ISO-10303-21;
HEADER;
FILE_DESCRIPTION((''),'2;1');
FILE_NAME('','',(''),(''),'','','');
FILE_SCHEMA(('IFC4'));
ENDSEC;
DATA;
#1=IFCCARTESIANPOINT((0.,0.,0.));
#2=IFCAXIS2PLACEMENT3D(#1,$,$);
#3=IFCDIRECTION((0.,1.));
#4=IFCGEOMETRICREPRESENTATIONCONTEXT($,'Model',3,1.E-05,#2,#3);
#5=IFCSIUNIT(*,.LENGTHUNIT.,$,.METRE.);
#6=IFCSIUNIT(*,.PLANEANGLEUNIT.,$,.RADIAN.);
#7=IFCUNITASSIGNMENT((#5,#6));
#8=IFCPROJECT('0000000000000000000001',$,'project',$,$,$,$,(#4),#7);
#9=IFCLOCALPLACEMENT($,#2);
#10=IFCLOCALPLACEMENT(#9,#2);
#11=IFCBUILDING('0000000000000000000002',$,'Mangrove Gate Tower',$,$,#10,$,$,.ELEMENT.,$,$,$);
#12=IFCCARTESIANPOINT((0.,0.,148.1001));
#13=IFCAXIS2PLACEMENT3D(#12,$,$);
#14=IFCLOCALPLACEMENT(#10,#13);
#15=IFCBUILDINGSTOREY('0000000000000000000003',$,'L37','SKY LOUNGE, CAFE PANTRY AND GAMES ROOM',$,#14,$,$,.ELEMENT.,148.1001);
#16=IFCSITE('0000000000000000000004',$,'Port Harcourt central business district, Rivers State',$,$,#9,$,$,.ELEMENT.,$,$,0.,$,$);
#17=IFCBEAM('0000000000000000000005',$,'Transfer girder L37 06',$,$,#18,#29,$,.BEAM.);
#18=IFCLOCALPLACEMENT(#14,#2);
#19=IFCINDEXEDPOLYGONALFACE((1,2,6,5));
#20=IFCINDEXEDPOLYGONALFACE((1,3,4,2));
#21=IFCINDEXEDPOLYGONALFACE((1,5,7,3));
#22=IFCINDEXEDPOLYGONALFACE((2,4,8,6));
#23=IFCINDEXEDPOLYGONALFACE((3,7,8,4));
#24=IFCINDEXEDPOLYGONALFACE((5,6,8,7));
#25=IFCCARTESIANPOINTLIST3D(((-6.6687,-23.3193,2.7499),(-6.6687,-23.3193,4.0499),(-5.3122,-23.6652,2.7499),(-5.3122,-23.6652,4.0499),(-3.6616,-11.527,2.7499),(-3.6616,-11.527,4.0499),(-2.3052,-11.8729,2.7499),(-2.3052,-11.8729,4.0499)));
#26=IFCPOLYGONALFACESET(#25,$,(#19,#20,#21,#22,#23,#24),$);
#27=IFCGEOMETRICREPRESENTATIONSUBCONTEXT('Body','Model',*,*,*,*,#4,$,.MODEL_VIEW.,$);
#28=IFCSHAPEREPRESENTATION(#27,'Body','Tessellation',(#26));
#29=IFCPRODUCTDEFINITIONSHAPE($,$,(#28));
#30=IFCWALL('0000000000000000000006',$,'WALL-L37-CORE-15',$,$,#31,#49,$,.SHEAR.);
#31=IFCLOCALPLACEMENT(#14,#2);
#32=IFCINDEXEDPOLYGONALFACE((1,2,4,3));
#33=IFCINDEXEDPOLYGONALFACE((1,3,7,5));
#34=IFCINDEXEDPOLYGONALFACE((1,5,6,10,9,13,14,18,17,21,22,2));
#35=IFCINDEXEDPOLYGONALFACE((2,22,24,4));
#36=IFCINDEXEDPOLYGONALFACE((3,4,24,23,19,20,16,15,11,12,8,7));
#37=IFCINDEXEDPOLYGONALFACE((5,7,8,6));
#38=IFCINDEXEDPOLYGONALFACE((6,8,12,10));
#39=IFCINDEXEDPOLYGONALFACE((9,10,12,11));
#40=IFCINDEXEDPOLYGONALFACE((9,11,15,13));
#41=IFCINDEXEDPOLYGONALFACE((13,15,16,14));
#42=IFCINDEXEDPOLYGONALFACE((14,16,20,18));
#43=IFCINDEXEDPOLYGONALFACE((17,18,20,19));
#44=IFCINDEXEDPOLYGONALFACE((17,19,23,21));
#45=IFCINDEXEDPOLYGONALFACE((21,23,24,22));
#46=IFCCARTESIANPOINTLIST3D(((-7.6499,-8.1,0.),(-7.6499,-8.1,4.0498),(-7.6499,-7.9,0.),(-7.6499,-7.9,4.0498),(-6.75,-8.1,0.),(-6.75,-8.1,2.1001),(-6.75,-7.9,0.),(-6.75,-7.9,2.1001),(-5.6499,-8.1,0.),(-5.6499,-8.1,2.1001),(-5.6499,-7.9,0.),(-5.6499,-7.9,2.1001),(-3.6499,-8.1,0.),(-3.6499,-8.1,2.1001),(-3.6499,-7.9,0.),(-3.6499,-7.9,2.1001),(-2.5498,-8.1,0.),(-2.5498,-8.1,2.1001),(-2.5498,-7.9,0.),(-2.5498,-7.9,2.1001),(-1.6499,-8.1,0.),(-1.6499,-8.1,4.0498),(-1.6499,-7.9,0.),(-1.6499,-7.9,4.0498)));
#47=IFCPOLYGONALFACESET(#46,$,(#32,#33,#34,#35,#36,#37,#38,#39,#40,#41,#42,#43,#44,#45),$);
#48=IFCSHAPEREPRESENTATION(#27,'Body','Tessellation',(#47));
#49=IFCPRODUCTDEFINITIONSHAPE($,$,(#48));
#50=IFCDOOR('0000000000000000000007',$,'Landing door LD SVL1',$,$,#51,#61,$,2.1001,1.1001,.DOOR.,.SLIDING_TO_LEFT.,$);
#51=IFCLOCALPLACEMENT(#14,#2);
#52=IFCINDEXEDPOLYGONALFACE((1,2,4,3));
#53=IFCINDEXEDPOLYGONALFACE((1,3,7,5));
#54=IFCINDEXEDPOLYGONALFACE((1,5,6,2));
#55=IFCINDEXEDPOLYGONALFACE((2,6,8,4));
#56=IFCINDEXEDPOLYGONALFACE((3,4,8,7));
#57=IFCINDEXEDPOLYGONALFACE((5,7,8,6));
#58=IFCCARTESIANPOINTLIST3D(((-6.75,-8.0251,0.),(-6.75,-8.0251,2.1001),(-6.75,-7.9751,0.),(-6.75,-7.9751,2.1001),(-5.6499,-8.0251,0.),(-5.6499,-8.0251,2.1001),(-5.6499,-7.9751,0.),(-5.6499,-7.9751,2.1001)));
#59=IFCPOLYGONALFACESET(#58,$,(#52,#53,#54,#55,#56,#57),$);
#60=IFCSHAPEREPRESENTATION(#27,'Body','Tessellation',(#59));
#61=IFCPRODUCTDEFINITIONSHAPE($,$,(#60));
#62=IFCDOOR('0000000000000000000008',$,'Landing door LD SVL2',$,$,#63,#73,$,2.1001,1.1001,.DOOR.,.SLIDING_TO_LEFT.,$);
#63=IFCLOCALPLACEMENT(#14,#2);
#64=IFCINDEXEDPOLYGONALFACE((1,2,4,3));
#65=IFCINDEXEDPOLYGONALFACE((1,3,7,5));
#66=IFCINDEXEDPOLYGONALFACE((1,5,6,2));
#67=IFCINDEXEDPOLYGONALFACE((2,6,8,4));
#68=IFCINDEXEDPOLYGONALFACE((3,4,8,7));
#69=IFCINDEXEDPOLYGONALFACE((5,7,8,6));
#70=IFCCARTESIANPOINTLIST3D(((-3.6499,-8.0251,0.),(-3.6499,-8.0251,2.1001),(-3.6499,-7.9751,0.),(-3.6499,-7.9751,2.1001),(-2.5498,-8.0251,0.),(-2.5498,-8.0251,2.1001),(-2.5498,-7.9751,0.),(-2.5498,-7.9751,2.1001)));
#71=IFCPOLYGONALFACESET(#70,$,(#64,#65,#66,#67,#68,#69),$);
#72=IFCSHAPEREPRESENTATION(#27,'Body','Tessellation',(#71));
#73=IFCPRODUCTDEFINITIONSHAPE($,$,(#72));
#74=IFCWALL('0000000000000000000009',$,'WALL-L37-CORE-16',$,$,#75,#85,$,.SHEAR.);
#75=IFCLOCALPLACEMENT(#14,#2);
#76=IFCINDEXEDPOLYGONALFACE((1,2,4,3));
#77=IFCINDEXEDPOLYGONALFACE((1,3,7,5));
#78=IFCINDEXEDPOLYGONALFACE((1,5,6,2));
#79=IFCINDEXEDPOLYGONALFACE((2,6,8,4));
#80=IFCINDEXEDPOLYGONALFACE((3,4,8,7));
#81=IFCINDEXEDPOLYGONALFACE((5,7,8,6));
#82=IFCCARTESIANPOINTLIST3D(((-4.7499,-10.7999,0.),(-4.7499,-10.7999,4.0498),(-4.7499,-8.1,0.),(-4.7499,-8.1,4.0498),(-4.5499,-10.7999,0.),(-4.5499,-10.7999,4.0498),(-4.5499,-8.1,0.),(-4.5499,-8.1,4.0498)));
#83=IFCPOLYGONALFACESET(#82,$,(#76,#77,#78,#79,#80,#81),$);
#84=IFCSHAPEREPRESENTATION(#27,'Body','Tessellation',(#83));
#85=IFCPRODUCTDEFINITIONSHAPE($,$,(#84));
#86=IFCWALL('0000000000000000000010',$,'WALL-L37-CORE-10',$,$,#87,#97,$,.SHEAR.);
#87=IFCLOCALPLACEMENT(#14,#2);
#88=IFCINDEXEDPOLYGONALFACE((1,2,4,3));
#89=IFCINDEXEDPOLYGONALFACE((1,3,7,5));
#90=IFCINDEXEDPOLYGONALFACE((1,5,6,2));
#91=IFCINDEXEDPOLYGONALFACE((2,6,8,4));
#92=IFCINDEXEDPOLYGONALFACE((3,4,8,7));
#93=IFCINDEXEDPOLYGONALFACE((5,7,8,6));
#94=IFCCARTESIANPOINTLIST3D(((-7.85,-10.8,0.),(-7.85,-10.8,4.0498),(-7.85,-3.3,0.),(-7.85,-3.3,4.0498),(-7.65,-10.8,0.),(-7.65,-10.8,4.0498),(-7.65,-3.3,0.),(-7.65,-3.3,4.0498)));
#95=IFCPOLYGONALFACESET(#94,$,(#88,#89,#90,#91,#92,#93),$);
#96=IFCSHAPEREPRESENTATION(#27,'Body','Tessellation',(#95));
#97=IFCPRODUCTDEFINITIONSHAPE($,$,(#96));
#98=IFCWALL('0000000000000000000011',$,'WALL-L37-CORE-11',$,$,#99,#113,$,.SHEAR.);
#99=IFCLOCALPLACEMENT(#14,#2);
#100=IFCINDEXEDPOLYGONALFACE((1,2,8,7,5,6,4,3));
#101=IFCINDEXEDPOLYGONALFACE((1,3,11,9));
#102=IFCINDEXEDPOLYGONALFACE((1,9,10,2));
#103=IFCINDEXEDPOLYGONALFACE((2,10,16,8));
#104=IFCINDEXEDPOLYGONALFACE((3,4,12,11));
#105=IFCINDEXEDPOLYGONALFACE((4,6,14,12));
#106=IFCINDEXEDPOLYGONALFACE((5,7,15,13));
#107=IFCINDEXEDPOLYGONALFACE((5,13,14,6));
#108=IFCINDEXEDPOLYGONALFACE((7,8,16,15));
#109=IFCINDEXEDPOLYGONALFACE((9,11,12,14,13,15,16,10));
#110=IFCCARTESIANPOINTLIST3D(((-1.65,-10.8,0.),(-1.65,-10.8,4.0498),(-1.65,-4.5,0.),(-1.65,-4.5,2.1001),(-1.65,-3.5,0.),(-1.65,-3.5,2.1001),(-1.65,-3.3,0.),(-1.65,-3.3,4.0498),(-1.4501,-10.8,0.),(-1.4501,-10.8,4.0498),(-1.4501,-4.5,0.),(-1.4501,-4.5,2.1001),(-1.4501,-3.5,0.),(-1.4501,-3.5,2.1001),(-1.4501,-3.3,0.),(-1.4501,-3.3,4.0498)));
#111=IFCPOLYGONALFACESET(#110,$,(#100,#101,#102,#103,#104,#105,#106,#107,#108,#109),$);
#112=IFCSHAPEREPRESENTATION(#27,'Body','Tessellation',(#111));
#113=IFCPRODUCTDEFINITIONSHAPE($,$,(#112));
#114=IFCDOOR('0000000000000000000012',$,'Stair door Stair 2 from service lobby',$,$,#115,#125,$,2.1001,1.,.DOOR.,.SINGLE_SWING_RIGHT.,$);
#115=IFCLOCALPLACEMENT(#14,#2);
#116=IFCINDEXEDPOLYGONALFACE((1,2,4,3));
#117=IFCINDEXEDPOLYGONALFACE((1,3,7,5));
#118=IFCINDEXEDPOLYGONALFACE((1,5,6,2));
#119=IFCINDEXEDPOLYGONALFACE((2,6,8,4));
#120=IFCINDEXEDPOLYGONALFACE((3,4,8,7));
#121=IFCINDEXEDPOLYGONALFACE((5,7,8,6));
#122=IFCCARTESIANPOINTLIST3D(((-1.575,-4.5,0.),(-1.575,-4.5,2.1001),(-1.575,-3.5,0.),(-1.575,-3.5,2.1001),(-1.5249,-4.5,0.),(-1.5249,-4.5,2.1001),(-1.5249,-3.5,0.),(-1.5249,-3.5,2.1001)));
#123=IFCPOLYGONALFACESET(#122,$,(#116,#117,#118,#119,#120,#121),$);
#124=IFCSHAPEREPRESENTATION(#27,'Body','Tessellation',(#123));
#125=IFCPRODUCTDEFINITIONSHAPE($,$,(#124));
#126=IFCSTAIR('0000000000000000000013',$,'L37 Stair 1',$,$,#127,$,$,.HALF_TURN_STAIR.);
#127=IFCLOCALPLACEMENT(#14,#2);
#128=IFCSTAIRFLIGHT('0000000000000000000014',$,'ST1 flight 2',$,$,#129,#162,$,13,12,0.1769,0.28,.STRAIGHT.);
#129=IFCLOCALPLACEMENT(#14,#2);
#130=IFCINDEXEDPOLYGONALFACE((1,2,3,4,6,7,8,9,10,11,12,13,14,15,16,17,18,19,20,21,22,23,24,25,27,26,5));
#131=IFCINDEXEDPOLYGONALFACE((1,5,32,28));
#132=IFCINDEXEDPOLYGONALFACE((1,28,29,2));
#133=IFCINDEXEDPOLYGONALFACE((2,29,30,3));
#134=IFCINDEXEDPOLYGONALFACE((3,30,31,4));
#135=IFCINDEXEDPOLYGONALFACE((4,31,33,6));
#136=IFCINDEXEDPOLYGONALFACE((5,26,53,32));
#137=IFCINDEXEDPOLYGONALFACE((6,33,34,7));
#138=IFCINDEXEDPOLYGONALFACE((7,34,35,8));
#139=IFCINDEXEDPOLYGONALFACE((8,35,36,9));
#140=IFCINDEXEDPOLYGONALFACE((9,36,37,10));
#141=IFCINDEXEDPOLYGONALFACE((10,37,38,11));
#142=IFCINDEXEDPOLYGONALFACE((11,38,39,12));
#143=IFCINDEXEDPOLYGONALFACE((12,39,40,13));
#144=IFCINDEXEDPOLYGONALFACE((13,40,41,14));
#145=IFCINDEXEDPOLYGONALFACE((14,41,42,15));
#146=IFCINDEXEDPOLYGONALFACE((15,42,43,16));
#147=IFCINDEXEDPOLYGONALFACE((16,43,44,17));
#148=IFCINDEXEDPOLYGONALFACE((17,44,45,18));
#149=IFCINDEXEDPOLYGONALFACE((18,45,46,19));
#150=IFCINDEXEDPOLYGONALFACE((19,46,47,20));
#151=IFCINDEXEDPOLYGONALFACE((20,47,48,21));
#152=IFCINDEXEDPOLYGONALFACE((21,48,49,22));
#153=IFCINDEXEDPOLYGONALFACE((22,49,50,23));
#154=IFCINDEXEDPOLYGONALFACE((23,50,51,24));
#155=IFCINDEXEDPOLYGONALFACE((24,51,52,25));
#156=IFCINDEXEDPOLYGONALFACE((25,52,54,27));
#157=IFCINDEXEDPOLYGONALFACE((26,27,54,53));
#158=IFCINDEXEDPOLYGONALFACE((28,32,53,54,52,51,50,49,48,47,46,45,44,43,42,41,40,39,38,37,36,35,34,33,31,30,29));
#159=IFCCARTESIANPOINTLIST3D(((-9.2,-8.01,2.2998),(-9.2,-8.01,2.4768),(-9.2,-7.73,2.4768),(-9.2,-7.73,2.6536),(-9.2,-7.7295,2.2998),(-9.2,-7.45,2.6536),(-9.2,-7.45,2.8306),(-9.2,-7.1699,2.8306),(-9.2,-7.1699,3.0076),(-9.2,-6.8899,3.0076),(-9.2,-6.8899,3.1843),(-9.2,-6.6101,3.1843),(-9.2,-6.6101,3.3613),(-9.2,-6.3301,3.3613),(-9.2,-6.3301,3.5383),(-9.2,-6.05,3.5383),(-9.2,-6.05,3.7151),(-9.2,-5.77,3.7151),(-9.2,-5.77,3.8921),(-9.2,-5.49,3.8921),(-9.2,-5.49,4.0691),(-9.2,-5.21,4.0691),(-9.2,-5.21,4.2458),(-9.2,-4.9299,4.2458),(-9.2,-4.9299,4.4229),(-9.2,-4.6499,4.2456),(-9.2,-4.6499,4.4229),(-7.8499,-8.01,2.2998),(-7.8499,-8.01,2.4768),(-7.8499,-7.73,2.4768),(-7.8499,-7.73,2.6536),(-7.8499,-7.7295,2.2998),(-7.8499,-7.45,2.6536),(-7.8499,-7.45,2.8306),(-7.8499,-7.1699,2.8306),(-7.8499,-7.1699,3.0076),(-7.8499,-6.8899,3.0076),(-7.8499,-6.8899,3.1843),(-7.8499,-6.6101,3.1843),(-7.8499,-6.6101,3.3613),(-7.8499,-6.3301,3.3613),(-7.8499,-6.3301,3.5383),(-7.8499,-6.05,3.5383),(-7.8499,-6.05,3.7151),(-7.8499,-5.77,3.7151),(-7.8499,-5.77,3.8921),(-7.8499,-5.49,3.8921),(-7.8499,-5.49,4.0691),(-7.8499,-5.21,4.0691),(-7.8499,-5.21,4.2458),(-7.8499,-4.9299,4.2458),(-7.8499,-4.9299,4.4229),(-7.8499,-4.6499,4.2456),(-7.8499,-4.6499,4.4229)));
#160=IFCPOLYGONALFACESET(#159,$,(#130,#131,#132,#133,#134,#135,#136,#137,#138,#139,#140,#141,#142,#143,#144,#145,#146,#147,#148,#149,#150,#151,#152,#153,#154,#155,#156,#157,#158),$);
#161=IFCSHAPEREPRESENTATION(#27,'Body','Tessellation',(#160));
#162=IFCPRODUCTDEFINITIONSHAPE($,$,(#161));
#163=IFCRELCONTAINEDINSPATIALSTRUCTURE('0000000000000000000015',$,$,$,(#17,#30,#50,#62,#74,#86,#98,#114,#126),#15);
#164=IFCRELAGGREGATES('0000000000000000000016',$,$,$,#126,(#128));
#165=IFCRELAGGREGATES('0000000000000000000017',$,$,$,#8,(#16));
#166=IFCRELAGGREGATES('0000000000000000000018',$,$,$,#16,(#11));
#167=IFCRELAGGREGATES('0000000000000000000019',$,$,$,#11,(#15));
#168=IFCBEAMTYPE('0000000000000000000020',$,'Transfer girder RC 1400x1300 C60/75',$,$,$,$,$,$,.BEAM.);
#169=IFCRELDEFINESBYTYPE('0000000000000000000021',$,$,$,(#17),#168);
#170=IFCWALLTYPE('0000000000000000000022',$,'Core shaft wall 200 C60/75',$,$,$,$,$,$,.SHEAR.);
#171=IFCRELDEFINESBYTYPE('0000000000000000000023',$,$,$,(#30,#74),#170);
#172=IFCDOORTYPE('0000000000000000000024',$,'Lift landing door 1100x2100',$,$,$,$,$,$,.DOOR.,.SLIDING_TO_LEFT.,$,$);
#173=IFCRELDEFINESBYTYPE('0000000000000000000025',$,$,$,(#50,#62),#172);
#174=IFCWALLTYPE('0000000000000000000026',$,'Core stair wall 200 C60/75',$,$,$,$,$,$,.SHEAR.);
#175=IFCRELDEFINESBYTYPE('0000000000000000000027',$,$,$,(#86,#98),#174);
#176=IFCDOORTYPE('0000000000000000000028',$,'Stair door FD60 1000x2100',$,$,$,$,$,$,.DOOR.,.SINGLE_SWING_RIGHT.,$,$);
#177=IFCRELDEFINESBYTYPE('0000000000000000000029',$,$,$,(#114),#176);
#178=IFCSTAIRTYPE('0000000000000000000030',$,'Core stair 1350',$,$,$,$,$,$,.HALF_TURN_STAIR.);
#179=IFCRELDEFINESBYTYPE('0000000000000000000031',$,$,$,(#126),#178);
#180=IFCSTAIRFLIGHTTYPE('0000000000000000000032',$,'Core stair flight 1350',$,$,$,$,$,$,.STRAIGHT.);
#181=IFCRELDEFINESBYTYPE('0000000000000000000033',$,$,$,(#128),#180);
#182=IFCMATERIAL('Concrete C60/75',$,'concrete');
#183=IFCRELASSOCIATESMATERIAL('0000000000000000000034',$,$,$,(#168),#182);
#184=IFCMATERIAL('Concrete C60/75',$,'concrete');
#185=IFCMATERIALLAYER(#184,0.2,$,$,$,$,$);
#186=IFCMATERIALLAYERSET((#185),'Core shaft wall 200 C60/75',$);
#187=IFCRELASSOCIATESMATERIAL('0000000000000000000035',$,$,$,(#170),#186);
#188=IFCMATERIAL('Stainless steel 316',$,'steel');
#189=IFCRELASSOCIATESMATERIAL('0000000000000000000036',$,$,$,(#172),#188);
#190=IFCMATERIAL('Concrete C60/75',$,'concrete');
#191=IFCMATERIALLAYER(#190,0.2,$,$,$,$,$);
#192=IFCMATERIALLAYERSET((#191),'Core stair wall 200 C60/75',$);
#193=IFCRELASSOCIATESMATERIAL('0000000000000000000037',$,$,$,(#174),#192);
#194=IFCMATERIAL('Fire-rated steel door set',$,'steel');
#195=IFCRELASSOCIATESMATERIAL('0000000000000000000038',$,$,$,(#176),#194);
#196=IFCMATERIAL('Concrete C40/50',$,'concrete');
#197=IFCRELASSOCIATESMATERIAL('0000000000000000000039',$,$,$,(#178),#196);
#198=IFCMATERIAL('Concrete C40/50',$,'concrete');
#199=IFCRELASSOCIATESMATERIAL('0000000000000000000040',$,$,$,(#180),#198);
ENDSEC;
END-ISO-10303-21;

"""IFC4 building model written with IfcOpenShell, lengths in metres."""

from ifc_helpers import new_model, si_unit, direction, frame, frame_2d, origin, origin_2d, place, context, subcontext, project, spatial, polyline, rectangle, outline, extrude, material, layer, layer_set, material_profile, profile_set, type_object, element, fill, aggregate, save


model = new_model("IFC4")

# Units and contexts
model_context = context("Model", 3, precision=1e-05, world=origin(), true_north=direction((0.0, 1.0)))
body_context = subcontext(model_context, "Body", "Model", "MODEL_VIEW")
ifc_project = project(units=[si_unit("LENGTHUNIT", "METRE"), si_unit("PLANEANGLEUNIT", "RADIAN")], contexts=[model_context])

# Site, building, storey
site_placement = place(None, origin())
site = spatial("IfcSite", under=ifc_project, at=site_placement, Name="Port Harcourt central business district, Rivers State", CompositionType="ELEMENT", RefElevation=0.0)
building_placement = place(site_placement, origin())
building = spatial("IfcBuilding", under=site, at=building_placement, Name="Mangrove Gate Tower", CompositionType="ELEMENT")
storey_placement = place(building_placement, frame((0.0, 0.0, 148.1001)))
storey = spatial("IfcBuildingStorey", under=building, at=storey_placement, Name="L37", Description="SKY LOUNGE, CAFE PANTRY AND GAMES ROOM", CompositionType="ELEMENT", Elevation=148.1001)

# Beam
ifc_material_1 = material(Name="Concrete C60/75", Category="concrete")
ifc_material_profile = material_profile(ifc_material_1, rectangle(XDim=1.3999, YDim=1.3, at=origin_2d()))
ifc_profile_set = profile_set([ifc_material_profile], Name="Concrete C60/75")
beam_type = type_object("IfcBeamType", Name="Transfer girder RC 1400x1300 C60/75", PredefinedType="BEAM", material=ifc_profile_set)
beam_placement = place(storey_placement, frame((-2.9834, -11.7, 3.3999), z_axis=(-0.247098, -0.968991, 0.0), x_axis=(0.968991, -0.247098, 0.0)))
element("IfcBeam", 1, at=beam_placement, inside=storey, type_object=beam_type, Name="Transfer girder L37 06", PredefinedType="BEAM", context=body_context, shape_type="SweptSolid", body=[
    extrude(rectangle(XDim=1.3999, YDim=1.3, at=origin_2d()), origin(), (0.0, 0.0, 1.0), 12.1697),
])

# Wall, openings, doors
ifc_material_2 = material(Name="Concrete C60/75", Category="concrete")
ifc_layer_1 = layer(ifc_material_2, 0.2)
ifc_layer_set_1 = layer_set([ifc_layer_1], Name="Core shaft wall 200 C60/75")
wall_type_1 = type_object("IfcWallType", Name="Core shaft wall 200 C60/75", PredefinedType="SHEAR", material=ifc_layer_set_1)
wall_1_placement = place(storey_placement, frame((-7.6499, -8.0, 0.0), z_axis=(0.0, 0.0, 1.0), x_axis=(1.0, 0.0, 0.0)))
wall_1 = element("IfcWall", 2, at=wall_1_placement, inside=storey, type_object=wall_type_1, Name="WALL-L37-CORE-15", PredefinedType="SHEAR", context=body_context, shape_type="SweptSolid", body=[
    extrude(rectangle(XDim=6.0, YDim=0.2, at=frame_2d((3.0, 0.0))), origin(), (0.0, 0.0, 1.0), 4.0498),
])
opening_1_placement = place(wall_1_placement, frame((0.8999, 0.0, 0.0)))
opening_1 = element("IfcOpeningElement", 3, at=opening_1_placement, cuts=wall_1, PredefinedType="OPENING", context=body_context, shape_type="SweptSolid", body=[
    extrude(rectangle(XDim=1.1001, YDim=2.1001, at=frame_2d((0.55, 1.05))), frame((0.0, 0.1099, 0.0), z_axis=(0.0, -1.0, 0.0), x_axis=(1.0, 0.0, 0.0)), (0.0, 0.0, 1.0), 0.22),
])
opening_2_placement = place(wall_1_placement, frame((4.0, 0.0, 0.0)))
opening_2 = element("IfcOpeningElement", 4, at=opening_2_placement, cuts=wall_1, PredefinedType="OPENING", context=body_context, shape_type="SweptSolid", body=[
    extrude(rectangle(XDim=1.1001, YDim=2.1001, at=frame_2d((0.55, 1.05))), frame((0.0, 0.1099, 0.0), z_axis=(0.0, -1.0, 0.0), x_axis=(1.0, 0.0, 0.0)), (0.0, 0.0, 1.0), 0.22),
])
ifc_material_3 = material(Name="Stainless steel 316", Category="steel")
door_type_1 = type_object("IfcDoorType", Name="Lift landing door 1100x2100", OperationType="SLIDING_TO_LEFT", PredefinedType="DOOR", material=ifc_material_3)
door_1_placement = place(opening_1_placement, origin())
door_1 = element("IfcDoor", 5, at=door_1_placement, inside=storey, type_object=door_type_1, Name="Landing door LD SVL1", OperationType="SLIDING_TO_LEFT", OverallHeight=2.1001, OverallWidth=1.1001, PredefinedType="DOOR", context=body_context, shape_type="SweptSolid", body=[
    extrude(rectangle(XDim=1.1001, YDim=2.1001, at=frame_2d((0.55, 1.05))), frame((0.0, 0.0249, 0.0), z_axis=(0.0, -1.0, 0.0), x_axis=(1.0, 0.0, 0.0)), (0.0, 0.0, 1.0), 0.05),
])
fill(opening_1, door_1)
door_2_placement = place(opening_2_placement, origin())
door_2 = element("IfcDoor", 6, at=door_2_placement, inside=storey, type_object=door_type_1, Name="Landing door LD SVL2", OperationType="SLIDING_TO_LEFT", OverallHeight=2.1001, OverallWidth=1.1001, PredefinedType="DOOR", context=body_context, shape_type="SweptSolid", body=[
    extrude(rectangle(XDim=1.1001, YDim=2.1001, at=frame_2d((0.55, 1.05))), frame((0.0, 0.0249, 0.0), z_axis=(0.0, -1.0, 0.0), x_axis=(1.0, 0.0, 0.0)), (0.0, 0.0, 1.0), 0.05),
])
fill(opening_2, door_2)

# Walls
wall_2_placement = place(storey_placement, frame((-4.6499, -10.8, 0.0), z_axis=(0.0, 0.0, 1.0), x_axis=(0.0, 1.0, 0.0)))
element("IfcWall", 7, at=wall_2_placement, inside=storey, type_object=wall_type_1, Name="WALL-L37-CORE-16", PredefinedType="SHEAR", context=body_context, shape_type="SweptSolid", body=[
    extrude(rectangle(XDim=2.7, YDim=0.2, at=frame_2d((1.3501, 0.0))), origin(), (0.0, 0.0, 1.0), 4.0498),
])
ifc_material_4 = material(Name="Concrete C60/75", Category="concrete")
ifc_layer_2 = layer(ifc_material_4, 0.2)
ifc_layer_set_2 = layer_set([ifc_layer_2], Name="Core stair wall 200 C60/75")
wall_type_2 = type_object("IfcWallType", Name="Core stair wall 200 C60/75", PredefinedType="SHEAR", material=ifc_layer_set_2)
wall_3_placement = place(storey_placement, frame((-7.75, -10.8, 0.0), z_axis=(0.0, 0.0, 1.0), x_axis=(0.0, 1.0, 0.0)))
element("IfcWall", 8, at=wall_3_placement, inside=storey, type_object=wall_type_2, Name="WALL-L37-CORE-10", PredefinedType="SHEAR", context=body_context, shape_type="SweptSolid", body=[
    extrude(rectangle(XDim=7.5, YDim=0.2, at=frame_2d((3.75, 0.0))), origin(), (0.0, 0.0, 1.0), 4.0498),
])

# Wall, opening, door
wall_4_placement = place(storey_placement, frame((-1.55, -10.8, 0.0), z_axis=(0.0, 0.0, 1.0), x_axis=(0.0, 1.0, 0.0)))
wall_4 = element("IfcWall", 9, at=wall_4_placement, inside=storey, type_object=wall_type_2, Name="WALL-L37-CORE-11", PredefinedType="SHEAR", context=body_context, shape_type="SweptSolid", body=[
    extrude(rectangle(XDim=7.5, YDim=0.2, at=frame_2d((3.75, 0.0))), origin(), (0.0, 0.0, 1.0), 4.0498),
])
opening_3_placement = place(wall_4_placement, frame((6.3, 0.0, 0.0)))
opening_3 = element("IfcOpeningElement", 10, at=opening_3_placement, cuts=wall_4, PredefinedType="OPENING", context=body_context, shape_type="SweptSolid", body=[
    extrude(rectangle(XDim=1.0, YDim=2.1001, at=frame_2d((0.5, 1.05))), frame((0.0, 0.1099, 0.0), z_axis=(0.0, -1.0, 0.0), x_axis=(1.0, 0.0, 0.0)), (0.0, 0.0, 1.0), 0.22),
])
ifc_material_5 = material(Name="Fire-rated steel door set", Category="steel")
door_type_2 = type_object("IfcDoorType", Name="Stair door FD60 1000x2100", OperationType="SINGLE_SWING_RIGHT", PredefinedType="DOOR", material=ifc_material_5)
door_3_placement = place(opening_3_placement, origin())
door_3 = element("IfcDoor", 11, at=door_3_placement, inside=storey, type_object=door_type_2, Name="Stair door Stair 2 from service lobby", OperationType="SINGLE_SWING_RIGHT", OverallHeight=2.1001, OverallWidth=1.0, PredefinedType="DOOR", context=body_context, shape_type="SweptSolid", body=[
    extrude(rectangle(XDim=1.0, YDim=2.1001, at=frame_2d((0.5, 1.05))), frame((0.0, 0.0249, 0.0), z_axis=(0.0, -1.0, 0.0), x_axis=(1.0, 0.0, 0.0)), (0.0, 0.0, 1.0), 0.05),
])
fill(opening_3, door_3)

# Stair, stair flight
ifc_material_6 = material(Name="Concrete C40/50", Category="concrete")
stair_type = type_object("IfcStairType", Name="Core stair 1350", PredefinedType="HALF_TURN_STAIR", material=ifc_material_6)
stair_1_placement = place(storey_placement, origin())
stair_1 = element("IfcStair", 12, at=stair_1_placement, inside=storey, type_object=stair_type, Name="L37 Stair 1", PredefinedType="HALF_TURN_STAIR")
ifc_material_7 = material(Name="Concrete C40/50", Category="concrete")
stair_flight_type = type_object("IfcStairFlightType", Name="Core stair flight 1350", PredefinedType="STRAIGHT", material=ifc_material_7)
stair_flight_1_placement = place(storey_placement, frame((-8.5249, -8.01, 2.2998), z_axis=(0.0, 0.0, 1.0), x_axis=(0.0, 1.0, 0.0)))
stair_flight_1 = element("IfcStairFlight", 13, at=stair_flight_1_placement, type_object=stair_flight_type, Name="ST1 flight 2", NumberOfRisers=13, NumberOfTreads=12, PredefinedType="STRAIGHT", RiserHeight=0.1769, TreadLength=0.28, context=body_context, shape_type="SweptSolid", body=[
    extrude(outline(polyline([(0.0, 0.0), (0.0, 0.177), (0.28, 0.177), (0.28, 0.3538), (0.5601, 0.3538), (0.5601, 0.5308), (0.8401, 0.5308), (0.8401, 0.7078), (1.1201, 0.7078), (1.1201, 0.8845), (1.3999, 0.8845), (1.3999, 1.0615), (1.6799, 1.0615), (1.6799, 1.2385), (1.96, 1.2385), (1.96, 1.4153), (2.24, 1.4153), (2.24, 1.5923), (2.52, 1.5923), (2.52, 1.7693), (2.8, 1.7693), (2.8, 1.946), (3.0801, 1.946), (3.0801, 2.123), (3.3601, 2.123), (3.3601, 2.3), (3.3601, 1.9458), (0.2805, 0.0), (0.0, 0.0)])), frame((0.0, 0.675, 0.0), z_axis=(0.0, -1.0, 0.0), x_axis=(1.0, 0.0, 0.0)), (0.0, 0.0, 1.0), 1.3501),
])
aggregate(stair_1, [stair_flight_1])

save(model, "model.ifc")
